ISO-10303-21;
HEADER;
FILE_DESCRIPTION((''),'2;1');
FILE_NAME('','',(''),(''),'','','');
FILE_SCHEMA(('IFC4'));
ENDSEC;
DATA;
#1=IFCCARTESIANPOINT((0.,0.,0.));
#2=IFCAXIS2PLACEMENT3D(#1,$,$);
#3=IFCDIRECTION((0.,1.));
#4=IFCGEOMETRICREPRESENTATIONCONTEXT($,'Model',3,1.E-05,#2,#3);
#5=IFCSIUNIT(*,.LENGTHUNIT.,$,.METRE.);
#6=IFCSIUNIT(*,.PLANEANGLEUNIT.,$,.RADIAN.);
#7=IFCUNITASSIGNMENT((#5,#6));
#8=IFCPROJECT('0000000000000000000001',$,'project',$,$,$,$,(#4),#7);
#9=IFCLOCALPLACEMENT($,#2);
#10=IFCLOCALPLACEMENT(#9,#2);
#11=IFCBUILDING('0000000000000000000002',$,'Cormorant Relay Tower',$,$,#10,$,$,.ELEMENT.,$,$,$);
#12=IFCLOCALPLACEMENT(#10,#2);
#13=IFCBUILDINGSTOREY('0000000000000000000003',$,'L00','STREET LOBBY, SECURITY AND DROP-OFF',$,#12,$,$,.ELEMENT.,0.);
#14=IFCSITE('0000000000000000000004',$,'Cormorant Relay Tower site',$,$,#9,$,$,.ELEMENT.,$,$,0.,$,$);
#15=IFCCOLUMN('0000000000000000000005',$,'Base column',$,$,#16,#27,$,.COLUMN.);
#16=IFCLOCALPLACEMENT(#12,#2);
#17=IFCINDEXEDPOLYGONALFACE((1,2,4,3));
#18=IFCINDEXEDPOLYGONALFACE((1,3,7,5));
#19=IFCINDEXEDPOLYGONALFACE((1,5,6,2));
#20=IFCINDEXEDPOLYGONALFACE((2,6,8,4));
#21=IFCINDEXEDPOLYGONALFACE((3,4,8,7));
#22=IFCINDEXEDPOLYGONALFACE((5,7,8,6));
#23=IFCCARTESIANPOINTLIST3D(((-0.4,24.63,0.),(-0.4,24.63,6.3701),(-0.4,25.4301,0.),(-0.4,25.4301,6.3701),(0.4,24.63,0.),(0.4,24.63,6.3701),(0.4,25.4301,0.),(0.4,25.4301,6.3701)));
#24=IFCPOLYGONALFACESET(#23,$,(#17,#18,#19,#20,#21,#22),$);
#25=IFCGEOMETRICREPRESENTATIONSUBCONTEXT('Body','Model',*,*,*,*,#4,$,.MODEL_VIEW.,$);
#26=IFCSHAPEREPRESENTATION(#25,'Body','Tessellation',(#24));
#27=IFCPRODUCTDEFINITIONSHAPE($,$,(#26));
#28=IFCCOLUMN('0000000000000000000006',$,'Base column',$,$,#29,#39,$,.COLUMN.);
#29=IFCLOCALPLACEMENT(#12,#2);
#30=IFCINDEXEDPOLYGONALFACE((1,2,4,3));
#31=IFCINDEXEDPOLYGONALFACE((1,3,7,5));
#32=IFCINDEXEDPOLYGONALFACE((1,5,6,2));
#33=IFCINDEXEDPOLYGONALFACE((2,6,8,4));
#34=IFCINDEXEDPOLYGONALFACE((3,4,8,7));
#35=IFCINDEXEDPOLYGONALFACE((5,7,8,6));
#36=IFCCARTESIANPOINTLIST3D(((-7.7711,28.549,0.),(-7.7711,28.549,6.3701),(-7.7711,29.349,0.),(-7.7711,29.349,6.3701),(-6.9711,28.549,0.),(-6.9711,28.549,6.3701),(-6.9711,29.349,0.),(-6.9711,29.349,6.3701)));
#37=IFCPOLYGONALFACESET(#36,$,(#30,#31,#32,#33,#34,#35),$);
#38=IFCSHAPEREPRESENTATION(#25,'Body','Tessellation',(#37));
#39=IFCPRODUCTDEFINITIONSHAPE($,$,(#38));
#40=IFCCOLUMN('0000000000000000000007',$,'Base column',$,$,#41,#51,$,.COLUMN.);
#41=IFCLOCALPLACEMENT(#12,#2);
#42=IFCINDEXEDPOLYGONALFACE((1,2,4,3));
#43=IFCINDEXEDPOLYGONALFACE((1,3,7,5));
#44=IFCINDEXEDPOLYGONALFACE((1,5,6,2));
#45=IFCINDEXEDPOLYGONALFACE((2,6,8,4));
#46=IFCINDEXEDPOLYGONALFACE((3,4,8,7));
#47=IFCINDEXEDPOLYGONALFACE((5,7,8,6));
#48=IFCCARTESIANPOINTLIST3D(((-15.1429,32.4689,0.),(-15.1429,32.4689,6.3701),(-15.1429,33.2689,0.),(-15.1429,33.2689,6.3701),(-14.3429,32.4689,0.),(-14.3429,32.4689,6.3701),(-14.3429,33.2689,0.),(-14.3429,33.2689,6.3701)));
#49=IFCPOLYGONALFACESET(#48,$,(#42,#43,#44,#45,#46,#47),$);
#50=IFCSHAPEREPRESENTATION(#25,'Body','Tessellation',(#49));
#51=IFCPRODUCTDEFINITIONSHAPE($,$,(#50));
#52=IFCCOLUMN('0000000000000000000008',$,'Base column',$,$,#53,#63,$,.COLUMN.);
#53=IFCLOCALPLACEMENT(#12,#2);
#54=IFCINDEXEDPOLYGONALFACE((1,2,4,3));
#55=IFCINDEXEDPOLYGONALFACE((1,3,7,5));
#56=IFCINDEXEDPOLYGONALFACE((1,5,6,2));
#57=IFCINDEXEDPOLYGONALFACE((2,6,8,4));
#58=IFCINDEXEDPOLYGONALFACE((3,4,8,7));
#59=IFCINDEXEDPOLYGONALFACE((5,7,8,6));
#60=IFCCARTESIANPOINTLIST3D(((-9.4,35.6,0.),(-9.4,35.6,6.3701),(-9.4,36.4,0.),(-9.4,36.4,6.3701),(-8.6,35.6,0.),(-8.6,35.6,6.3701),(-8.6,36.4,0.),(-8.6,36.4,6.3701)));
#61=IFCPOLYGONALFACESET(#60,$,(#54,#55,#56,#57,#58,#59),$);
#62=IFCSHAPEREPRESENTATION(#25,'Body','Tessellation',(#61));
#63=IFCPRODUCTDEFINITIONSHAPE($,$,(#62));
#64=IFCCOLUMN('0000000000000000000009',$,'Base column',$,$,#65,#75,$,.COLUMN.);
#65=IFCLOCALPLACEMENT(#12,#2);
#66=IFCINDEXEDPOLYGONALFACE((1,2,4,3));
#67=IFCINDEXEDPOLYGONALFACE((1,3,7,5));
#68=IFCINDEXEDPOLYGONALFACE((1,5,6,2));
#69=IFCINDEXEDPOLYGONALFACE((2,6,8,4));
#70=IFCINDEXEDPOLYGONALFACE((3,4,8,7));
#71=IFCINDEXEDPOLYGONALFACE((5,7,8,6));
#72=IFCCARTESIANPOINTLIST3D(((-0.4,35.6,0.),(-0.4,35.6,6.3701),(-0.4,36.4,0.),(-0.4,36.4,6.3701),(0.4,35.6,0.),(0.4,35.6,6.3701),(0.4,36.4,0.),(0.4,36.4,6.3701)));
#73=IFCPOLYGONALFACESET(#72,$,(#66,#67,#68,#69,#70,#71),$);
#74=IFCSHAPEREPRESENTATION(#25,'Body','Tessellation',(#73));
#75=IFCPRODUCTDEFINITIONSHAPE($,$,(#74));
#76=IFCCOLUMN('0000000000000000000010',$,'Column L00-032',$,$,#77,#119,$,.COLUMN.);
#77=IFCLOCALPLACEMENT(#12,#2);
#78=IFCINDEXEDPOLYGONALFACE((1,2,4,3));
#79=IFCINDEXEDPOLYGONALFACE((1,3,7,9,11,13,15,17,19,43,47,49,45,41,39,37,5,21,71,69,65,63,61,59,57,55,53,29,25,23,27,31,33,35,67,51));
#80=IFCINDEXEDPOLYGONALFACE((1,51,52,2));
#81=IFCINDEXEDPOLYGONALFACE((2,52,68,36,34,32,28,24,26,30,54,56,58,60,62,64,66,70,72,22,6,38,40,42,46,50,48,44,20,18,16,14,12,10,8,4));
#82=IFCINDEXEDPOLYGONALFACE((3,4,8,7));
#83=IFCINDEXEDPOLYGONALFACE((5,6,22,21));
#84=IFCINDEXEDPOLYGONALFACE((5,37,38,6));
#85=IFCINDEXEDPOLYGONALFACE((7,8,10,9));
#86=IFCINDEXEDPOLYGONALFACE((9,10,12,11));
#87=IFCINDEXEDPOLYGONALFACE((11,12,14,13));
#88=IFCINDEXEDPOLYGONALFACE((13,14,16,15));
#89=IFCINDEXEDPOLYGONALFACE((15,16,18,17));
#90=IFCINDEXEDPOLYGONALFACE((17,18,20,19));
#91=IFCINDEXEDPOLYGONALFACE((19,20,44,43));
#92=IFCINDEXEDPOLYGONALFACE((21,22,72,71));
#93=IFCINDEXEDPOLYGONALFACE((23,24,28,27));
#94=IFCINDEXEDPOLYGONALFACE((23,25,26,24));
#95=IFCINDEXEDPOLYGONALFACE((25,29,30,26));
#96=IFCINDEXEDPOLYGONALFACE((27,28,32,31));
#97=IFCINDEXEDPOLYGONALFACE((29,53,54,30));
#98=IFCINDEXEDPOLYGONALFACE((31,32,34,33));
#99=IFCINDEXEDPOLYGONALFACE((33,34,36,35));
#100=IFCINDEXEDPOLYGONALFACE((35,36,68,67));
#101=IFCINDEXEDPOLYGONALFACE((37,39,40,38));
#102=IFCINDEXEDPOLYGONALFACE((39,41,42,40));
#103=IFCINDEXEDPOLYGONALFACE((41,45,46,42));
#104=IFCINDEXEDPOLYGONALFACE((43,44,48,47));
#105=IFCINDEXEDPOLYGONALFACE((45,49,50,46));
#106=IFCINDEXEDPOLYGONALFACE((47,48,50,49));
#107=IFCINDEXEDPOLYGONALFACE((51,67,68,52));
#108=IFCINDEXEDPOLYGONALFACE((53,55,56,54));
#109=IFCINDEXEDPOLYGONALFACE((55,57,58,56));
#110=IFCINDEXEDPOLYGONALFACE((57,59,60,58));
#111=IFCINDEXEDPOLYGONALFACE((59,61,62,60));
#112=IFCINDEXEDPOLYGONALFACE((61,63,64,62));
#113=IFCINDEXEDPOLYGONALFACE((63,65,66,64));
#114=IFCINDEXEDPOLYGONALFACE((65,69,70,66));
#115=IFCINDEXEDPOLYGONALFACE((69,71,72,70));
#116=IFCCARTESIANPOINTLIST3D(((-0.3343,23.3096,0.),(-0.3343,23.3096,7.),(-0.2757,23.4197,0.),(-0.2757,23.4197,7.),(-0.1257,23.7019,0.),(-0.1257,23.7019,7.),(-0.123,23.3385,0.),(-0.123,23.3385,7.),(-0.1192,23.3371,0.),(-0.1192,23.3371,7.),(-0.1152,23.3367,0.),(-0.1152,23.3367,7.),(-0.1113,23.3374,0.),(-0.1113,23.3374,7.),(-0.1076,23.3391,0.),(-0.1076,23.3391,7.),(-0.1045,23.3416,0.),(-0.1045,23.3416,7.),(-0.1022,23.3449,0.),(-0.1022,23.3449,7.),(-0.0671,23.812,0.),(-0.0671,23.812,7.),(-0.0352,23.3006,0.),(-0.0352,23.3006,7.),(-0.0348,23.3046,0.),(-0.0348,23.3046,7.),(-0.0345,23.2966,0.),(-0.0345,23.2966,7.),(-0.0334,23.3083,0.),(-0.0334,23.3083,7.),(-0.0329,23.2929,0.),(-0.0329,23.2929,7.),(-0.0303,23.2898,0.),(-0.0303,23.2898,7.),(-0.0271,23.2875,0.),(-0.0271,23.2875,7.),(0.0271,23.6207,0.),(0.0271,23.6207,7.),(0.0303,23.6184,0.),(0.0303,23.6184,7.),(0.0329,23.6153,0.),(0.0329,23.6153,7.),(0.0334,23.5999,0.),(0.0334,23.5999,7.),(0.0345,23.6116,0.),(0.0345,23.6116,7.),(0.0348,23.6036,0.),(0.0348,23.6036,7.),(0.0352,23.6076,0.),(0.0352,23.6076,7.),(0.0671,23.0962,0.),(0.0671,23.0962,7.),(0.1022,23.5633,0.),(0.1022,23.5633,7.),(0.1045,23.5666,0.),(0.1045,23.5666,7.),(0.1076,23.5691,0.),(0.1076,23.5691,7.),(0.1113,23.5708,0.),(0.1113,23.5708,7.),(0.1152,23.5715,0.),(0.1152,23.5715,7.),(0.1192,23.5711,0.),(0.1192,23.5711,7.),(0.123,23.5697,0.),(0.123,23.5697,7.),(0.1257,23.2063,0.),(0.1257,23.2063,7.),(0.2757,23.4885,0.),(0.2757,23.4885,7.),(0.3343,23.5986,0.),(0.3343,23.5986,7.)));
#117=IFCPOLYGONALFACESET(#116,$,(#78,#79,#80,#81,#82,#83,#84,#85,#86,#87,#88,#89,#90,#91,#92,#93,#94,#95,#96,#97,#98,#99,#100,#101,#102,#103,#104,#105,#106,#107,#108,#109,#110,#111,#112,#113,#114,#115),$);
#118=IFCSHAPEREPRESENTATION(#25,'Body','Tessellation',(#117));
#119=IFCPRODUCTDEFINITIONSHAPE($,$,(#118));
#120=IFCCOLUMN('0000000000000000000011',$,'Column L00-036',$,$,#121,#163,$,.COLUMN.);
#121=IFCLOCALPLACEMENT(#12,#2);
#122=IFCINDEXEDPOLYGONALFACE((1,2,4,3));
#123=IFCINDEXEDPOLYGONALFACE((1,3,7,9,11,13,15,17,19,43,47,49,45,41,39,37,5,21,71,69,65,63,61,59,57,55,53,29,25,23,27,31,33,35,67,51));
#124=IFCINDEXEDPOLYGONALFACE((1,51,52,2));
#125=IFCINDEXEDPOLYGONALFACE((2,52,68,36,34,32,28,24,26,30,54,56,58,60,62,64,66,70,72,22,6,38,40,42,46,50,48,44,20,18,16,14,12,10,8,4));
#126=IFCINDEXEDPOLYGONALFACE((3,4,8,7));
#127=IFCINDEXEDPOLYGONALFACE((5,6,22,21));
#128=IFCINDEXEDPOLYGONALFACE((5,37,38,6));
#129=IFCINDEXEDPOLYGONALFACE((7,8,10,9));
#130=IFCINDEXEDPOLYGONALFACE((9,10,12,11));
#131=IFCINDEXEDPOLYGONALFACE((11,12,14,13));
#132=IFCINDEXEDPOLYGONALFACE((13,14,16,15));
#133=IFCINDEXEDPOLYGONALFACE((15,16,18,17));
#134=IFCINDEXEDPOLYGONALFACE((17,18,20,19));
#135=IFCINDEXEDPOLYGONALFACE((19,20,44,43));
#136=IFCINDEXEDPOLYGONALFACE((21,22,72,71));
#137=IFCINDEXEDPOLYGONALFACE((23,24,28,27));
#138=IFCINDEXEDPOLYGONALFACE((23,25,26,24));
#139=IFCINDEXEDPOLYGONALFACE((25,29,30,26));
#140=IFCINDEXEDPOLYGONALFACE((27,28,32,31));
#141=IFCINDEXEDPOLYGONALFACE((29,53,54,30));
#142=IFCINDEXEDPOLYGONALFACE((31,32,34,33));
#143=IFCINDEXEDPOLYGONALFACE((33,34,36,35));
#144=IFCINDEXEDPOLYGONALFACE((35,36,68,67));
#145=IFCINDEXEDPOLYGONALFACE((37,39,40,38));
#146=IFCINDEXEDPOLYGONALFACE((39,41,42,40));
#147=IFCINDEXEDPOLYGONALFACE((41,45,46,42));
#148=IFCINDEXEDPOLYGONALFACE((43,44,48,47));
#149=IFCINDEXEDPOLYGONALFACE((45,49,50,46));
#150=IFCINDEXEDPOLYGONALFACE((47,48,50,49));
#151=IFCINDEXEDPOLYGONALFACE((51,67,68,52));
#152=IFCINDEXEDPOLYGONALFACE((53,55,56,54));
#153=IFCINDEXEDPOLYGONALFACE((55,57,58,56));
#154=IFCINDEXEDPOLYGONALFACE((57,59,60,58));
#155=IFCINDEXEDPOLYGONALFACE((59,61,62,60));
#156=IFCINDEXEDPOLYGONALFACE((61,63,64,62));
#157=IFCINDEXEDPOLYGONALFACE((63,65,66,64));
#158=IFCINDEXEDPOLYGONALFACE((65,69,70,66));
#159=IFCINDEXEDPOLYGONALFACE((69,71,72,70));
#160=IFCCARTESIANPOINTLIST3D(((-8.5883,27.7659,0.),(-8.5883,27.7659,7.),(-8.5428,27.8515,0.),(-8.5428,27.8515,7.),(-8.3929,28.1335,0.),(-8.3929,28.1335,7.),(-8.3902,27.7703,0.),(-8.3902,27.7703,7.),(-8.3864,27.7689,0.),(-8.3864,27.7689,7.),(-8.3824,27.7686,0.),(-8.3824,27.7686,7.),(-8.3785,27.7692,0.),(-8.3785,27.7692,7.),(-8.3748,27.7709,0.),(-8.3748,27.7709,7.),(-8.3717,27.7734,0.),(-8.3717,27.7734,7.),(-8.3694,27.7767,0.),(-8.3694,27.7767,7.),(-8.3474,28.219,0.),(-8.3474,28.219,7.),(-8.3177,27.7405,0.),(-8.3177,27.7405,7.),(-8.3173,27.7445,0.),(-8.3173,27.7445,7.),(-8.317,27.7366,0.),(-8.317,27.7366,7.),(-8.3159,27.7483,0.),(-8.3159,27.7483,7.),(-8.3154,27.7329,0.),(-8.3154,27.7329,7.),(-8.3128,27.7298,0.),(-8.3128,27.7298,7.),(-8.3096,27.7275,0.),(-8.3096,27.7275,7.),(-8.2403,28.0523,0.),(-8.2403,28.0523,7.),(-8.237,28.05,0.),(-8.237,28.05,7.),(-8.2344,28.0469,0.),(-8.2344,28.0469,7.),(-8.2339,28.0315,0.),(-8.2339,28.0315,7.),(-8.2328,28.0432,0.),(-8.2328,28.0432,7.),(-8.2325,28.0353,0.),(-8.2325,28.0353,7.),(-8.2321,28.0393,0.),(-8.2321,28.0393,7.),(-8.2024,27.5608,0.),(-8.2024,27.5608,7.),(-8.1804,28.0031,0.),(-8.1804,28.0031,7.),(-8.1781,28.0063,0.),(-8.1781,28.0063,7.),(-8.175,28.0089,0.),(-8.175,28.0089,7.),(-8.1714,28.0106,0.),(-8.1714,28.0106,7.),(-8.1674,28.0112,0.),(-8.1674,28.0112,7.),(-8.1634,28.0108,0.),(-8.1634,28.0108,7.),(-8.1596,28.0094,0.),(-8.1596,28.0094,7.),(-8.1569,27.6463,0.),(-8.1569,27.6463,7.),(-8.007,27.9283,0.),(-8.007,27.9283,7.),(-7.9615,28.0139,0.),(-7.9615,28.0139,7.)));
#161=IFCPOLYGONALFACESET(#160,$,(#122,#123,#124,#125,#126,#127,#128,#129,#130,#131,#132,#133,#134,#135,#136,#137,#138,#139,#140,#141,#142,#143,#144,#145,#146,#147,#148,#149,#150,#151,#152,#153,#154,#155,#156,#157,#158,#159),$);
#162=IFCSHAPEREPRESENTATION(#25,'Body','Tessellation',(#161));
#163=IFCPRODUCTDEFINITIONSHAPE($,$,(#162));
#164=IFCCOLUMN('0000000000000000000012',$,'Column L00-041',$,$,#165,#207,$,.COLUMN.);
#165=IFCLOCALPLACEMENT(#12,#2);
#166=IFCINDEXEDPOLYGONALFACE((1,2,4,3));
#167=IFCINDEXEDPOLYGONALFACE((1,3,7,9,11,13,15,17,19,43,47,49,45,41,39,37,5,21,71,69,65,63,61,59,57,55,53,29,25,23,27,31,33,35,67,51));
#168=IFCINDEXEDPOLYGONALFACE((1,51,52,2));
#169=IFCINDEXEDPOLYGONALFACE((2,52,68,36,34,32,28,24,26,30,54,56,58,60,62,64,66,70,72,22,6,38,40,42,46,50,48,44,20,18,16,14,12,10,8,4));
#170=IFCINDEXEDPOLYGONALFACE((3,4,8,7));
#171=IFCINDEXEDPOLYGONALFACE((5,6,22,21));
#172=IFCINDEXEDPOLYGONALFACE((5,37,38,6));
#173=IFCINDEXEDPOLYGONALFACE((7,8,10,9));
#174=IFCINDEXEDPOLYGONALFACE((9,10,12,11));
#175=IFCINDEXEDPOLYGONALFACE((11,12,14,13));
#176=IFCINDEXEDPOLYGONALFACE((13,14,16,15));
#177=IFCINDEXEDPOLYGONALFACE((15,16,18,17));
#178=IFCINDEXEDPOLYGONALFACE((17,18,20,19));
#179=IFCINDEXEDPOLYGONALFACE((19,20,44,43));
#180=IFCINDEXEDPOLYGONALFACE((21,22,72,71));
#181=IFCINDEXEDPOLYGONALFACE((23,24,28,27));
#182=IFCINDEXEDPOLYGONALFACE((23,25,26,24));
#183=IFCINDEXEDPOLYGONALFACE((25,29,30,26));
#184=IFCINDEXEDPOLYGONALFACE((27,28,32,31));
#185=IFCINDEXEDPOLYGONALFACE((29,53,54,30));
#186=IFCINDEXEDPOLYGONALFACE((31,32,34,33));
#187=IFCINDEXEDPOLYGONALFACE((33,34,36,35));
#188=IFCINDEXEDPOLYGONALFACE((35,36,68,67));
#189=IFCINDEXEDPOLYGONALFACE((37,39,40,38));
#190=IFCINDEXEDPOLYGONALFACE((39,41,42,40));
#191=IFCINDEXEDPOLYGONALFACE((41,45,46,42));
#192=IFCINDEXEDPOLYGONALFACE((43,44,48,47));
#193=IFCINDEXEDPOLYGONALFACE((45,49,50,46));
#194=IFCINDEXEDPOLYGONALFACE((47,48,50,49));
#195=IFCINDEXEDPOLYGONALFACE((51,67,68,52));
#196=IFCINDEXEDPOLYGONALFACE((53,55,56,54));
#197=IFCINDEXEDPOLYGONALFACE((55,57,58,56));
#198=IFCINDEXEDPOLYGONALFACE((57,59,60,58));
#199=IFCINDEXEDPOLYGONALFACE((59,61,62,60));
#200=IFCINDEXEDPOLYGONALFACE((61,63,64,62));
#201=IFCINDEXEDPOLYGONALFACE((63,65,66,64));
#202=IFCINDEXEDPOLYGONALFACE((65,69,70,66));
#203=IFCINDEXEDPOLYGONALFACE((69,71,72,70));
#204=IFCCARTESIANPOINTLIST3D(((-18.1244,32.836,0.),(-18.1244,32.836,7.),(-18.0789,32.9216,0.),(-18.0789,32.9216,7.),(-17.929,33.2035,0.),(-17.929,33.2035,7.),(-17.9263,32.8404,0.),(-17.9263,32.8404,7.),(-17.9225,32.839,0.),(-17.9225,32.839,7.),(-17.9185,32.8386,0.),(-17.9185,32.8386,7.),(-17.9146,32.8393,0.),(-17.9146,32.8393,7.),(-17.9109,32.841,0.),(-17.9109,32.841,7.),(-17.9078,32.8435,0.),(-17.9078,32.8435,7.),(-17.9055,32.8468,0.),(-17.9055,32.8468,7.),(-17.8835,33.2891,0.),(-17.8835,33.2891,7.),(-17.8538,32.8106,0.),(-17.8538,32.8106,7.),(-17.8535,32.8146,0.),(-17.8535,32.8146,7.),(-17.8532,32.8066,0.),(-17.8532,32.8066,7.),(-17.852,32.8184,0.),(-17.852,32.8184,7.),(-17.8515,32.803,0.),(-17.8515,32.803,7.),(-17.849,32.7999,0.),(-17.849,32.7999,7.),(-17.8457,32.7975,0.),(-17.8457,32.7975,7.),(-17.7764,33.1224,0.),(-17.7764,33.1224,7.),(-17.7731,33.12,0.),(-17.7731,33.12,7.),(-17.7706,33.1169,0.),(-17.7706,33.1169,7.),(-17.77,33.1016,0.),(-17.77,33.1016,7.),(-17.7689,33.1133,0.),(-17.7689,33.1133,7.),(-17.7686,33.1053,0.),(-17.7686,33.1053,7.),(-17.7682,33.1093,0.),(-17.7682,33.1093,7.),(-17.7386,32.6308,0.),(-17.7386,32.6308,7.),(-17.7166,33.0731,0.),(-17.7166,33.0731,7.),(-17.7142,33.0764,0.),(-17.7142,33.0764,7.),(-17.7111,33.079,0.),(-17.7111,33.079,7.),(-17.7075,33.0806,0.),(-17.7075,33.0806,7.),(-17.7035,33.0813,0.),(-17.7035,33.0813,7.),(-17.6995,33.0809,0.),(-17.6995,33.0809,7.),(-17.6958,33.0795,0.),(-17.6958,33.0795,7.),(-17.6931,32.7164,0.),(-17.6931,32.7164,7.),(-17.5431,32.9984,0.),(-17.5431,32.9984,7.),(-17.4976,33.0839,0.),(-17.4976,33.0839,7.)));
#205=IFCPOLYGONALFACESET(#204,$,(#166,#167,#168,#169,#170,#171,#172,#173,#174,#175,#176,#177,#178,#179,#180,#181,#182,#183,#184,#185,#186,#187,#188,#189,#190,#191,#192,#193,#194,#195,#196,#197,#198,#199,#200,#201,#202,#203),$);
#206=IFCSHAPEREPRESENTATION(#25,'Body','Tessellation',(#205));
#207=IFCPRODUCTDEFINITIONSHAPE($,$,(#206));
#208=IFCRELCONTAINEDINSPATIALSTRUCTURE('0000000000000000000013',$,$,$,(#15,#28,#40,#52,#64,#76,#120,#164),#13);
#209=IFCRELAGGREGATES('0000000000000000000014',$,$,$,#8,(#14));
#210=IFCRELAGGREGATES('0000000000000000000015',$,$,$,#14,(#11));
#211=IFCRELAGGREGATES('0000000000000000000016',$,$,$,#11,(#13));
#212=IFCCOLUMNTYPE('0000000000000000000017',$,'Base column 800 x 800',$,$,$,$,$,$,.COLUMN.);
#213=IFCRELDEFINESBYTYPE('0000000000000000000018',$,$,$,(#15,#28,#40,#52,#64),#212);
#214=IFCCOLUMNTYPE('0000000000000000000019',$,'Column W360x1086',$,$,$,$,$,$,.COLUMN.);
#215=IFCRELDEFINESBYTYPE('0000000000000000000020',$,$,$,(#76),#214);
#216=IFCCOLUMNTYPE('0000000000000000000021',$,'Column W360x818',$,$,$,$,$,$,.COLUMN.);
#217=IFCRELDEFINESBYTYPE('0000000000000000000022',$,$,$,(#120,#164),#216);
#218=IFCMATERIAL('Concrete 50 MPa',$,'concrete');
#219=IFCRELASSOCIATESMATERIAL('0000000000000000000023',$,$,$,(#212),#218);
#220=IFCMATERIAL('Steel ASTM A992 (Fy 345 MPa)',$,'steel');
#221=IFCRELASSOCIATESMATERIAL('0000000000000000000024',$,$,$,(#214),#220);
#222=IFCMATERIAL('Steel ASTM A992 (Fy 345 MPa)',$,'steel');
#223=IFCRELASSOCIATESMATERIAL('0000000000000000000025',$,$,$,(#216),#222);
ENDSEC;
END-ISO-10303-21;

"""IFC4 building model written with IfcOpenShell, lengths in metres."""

from ifc_helpers import new_model, si_unit, direction, frame, origin, origin_2d, place, context, subcontext, project, spatial, rectangle, i_section, extrude, material, material_profile, profile_set, type_object, element, save


model = new_model("IFC4")

# Units and contexts
model_context = context("Model", 3, precision=1e-05, world=origin(), true_north=direction((0.0, 1.0)))
body_context = subcontext(model_context, "Body", "Model", "MODEL_VIEW")
ifc_project = project(units=[si_unit("LENGTHUNIT", "METRE"), si_unit("PLANEANGLEUNIT", "RADIAN")], contexts=[model_context])

# Site, building, storey
site_placement = place(None, origin())
site = spatial("IfcSite", under=ifc_project, at=site_placement, Name="Cormorant Relay Tower site", CompositionType="ELEMENT", RefElevation=0.0)
building_placement = place(site_placement, origin())
building = spatial("IfcBuilding", under=site, at=building_placement, Name="Cormorant Relay Tower", CompositionType="ELEMENT")
storey_placement = place(building_placement, origin())
storey = spatial("IfcBuildingStorey", under=building, at=storey_placement, Name="L00", Description="STREET LOBBY, SECURITY AND DROP-OFF", CompositionType="ELEMENT", Elevation=0.0)

# Columns
ifc_material_1 = material(Name="Concrete 50 MPa", Category="concrete")
ifc_material_profile_1 = material_profile(ifc_material_1, rectangle(XDim=0.8, YDim=0.8, at=origin_2d()), Name="RC 800x800")
ifc_profile_set_1 = profile_set([ifc_material_profile_1], Name="Concrete 50 MPa")
column_type_1 = type_object("IfcColumnType", Name="Base column 800 x 800", PredefinedType="COLUMN", material=ifc_profile_set_1)
for number, where, z_axis, x_axis, name in (
    (1, (0.0, 25.03, 0.0), (0.0, 0.0, 1.0), (1.0, 0.0, 0.0), "Base column"),
    (2, (-7.3711, 28.949, 0.0), (0.0, 0.0, 1.0), (1.0, 0.0, 0.0), "Base column"),
    (3, (-14.7429, 32.8689, 0.0), (0.0, 0.0, 1.0), (1.0, 0.0, 0.0), "Base column"),
    (4, (-9.0, 36.0, 0.0), (0.0, 0.0, 1.0), (1.0, 0.0, 0.0), "Base column"),
    (5, (0.0, 36.0, 0.0), (0.0, 0.0, 1.0), (1.0, 0.0, 0.0), "Base column"),
):
    element("IfcColumn", number, at=place(storey_placement, frame(where, z_axis=z_axis, x_axis=x_axis)), inside=storey, type_object=column_type_1, Name=name, PredefinedType="COLUMN", context=body_context, shape_type="SweptSolid", body=[
        extrude(rectangle(XDim=0.8, YDim=0.8, at=origin_2d()), origin(), (0.0, 0.0, 1.0), 6.3701),
    ])
ifc_material_2 = material(Name="Steel ASTM A992 (Fy 345 MPa)", Category="steel")
ifc_material_profile_2 = material_profile(ifc_material_2, i_section(OverallWidth=0.4546, OverallDepth=0.5691, WebThickness=0.0779, FlangeThickness=0.1248, FilletRadius=0.0154, at=origin_2d()), Name="W360x1086")
ifc_profile_set_2 = profile_set([ifc_material_profile_2], Name="Steel ASTM A992 (Fy 345 MPa)")
column_type_2 = type_object("IfcColumnType", Name="Column W360x1086", PredefinedType="COLUMN", material=ifc_profile_set_2)
column_placement = place(storey_placement, frame((0.0, 23.4541, 0.0), z_axis=(0.0, 0.0, 1.0), x_axis=(-0.882948, 0.469472, 0.0)))
element("IfcColumn", 6, at=column_placement, inside=storey, type_object=column_type_2, Name="Column L00-032", PredefinedType="COLUMN", context=body_context, shape_type="SweptSolid", body=[
    extrude(i_section(OverallWidth=0.4546, OverallDepth=0.5691, WebThickness=0.0779, FlangeThickness=0.1248, FilletRadius=0.0154, at=origin_2d()), origin(), (0.0, 0.0, 1.0), 7.0),
])
ifc_material_3 = material(Name="Steel ASTM A992 (Fy 345 MPa)", Category="steel")
ifc_material_profile_3 = material_profile(ifc_material_3, i_section(OverallWidth=0.437, OverallDepth=0.5132, WebThickness=0.0605, FlangeThickness=0.0969, FilletRadius=0.0154, at=origin_2d()), Name="W360x818")
ifc_profile_set_3 = profile_set([ifc_material_profile_3], Name="Steel ASTM A992 (Fy 345 MPa)")
column_type_3 = type_object("IfcColumnType", Name="Column W360x818", PredefinedType="COLUMN", material=ifc_profile_set_3)
for number, where, z_axis, x_axis, name in (
    (7, (-8.2749, 27.8899, 0.0), (0.0, 0.0, 1.0), (-0.882948, 0.469472, 0.0), "Column L00-036"),
    (8, (-17.811, 32.96, 0.0), (0.0, 0.0, 1.0), (-0.882948, 0.469472, 0.0), "Column L00-041"),
):
    element("IfcColumn", number, at=place(storey_placement, frame(where, z_axis=z_axis, x_axis=x_axis)), inside=storey, type_object=column_type_3, Name=name, PredefinedType="COLUMN", context=body_context, shape_type="SweptSolid", body=[
        extrude(i_section(OverallWidth=0.437, OverallDepth=0.5132, WebThickness=0.0605, FlangeThickness=0.0969, FilletRadius=0.0154, at=origin_2d()), origin(), (0.0, 0.0, 1.0), 7.0),
    ])

save(model, "model.ifc")
